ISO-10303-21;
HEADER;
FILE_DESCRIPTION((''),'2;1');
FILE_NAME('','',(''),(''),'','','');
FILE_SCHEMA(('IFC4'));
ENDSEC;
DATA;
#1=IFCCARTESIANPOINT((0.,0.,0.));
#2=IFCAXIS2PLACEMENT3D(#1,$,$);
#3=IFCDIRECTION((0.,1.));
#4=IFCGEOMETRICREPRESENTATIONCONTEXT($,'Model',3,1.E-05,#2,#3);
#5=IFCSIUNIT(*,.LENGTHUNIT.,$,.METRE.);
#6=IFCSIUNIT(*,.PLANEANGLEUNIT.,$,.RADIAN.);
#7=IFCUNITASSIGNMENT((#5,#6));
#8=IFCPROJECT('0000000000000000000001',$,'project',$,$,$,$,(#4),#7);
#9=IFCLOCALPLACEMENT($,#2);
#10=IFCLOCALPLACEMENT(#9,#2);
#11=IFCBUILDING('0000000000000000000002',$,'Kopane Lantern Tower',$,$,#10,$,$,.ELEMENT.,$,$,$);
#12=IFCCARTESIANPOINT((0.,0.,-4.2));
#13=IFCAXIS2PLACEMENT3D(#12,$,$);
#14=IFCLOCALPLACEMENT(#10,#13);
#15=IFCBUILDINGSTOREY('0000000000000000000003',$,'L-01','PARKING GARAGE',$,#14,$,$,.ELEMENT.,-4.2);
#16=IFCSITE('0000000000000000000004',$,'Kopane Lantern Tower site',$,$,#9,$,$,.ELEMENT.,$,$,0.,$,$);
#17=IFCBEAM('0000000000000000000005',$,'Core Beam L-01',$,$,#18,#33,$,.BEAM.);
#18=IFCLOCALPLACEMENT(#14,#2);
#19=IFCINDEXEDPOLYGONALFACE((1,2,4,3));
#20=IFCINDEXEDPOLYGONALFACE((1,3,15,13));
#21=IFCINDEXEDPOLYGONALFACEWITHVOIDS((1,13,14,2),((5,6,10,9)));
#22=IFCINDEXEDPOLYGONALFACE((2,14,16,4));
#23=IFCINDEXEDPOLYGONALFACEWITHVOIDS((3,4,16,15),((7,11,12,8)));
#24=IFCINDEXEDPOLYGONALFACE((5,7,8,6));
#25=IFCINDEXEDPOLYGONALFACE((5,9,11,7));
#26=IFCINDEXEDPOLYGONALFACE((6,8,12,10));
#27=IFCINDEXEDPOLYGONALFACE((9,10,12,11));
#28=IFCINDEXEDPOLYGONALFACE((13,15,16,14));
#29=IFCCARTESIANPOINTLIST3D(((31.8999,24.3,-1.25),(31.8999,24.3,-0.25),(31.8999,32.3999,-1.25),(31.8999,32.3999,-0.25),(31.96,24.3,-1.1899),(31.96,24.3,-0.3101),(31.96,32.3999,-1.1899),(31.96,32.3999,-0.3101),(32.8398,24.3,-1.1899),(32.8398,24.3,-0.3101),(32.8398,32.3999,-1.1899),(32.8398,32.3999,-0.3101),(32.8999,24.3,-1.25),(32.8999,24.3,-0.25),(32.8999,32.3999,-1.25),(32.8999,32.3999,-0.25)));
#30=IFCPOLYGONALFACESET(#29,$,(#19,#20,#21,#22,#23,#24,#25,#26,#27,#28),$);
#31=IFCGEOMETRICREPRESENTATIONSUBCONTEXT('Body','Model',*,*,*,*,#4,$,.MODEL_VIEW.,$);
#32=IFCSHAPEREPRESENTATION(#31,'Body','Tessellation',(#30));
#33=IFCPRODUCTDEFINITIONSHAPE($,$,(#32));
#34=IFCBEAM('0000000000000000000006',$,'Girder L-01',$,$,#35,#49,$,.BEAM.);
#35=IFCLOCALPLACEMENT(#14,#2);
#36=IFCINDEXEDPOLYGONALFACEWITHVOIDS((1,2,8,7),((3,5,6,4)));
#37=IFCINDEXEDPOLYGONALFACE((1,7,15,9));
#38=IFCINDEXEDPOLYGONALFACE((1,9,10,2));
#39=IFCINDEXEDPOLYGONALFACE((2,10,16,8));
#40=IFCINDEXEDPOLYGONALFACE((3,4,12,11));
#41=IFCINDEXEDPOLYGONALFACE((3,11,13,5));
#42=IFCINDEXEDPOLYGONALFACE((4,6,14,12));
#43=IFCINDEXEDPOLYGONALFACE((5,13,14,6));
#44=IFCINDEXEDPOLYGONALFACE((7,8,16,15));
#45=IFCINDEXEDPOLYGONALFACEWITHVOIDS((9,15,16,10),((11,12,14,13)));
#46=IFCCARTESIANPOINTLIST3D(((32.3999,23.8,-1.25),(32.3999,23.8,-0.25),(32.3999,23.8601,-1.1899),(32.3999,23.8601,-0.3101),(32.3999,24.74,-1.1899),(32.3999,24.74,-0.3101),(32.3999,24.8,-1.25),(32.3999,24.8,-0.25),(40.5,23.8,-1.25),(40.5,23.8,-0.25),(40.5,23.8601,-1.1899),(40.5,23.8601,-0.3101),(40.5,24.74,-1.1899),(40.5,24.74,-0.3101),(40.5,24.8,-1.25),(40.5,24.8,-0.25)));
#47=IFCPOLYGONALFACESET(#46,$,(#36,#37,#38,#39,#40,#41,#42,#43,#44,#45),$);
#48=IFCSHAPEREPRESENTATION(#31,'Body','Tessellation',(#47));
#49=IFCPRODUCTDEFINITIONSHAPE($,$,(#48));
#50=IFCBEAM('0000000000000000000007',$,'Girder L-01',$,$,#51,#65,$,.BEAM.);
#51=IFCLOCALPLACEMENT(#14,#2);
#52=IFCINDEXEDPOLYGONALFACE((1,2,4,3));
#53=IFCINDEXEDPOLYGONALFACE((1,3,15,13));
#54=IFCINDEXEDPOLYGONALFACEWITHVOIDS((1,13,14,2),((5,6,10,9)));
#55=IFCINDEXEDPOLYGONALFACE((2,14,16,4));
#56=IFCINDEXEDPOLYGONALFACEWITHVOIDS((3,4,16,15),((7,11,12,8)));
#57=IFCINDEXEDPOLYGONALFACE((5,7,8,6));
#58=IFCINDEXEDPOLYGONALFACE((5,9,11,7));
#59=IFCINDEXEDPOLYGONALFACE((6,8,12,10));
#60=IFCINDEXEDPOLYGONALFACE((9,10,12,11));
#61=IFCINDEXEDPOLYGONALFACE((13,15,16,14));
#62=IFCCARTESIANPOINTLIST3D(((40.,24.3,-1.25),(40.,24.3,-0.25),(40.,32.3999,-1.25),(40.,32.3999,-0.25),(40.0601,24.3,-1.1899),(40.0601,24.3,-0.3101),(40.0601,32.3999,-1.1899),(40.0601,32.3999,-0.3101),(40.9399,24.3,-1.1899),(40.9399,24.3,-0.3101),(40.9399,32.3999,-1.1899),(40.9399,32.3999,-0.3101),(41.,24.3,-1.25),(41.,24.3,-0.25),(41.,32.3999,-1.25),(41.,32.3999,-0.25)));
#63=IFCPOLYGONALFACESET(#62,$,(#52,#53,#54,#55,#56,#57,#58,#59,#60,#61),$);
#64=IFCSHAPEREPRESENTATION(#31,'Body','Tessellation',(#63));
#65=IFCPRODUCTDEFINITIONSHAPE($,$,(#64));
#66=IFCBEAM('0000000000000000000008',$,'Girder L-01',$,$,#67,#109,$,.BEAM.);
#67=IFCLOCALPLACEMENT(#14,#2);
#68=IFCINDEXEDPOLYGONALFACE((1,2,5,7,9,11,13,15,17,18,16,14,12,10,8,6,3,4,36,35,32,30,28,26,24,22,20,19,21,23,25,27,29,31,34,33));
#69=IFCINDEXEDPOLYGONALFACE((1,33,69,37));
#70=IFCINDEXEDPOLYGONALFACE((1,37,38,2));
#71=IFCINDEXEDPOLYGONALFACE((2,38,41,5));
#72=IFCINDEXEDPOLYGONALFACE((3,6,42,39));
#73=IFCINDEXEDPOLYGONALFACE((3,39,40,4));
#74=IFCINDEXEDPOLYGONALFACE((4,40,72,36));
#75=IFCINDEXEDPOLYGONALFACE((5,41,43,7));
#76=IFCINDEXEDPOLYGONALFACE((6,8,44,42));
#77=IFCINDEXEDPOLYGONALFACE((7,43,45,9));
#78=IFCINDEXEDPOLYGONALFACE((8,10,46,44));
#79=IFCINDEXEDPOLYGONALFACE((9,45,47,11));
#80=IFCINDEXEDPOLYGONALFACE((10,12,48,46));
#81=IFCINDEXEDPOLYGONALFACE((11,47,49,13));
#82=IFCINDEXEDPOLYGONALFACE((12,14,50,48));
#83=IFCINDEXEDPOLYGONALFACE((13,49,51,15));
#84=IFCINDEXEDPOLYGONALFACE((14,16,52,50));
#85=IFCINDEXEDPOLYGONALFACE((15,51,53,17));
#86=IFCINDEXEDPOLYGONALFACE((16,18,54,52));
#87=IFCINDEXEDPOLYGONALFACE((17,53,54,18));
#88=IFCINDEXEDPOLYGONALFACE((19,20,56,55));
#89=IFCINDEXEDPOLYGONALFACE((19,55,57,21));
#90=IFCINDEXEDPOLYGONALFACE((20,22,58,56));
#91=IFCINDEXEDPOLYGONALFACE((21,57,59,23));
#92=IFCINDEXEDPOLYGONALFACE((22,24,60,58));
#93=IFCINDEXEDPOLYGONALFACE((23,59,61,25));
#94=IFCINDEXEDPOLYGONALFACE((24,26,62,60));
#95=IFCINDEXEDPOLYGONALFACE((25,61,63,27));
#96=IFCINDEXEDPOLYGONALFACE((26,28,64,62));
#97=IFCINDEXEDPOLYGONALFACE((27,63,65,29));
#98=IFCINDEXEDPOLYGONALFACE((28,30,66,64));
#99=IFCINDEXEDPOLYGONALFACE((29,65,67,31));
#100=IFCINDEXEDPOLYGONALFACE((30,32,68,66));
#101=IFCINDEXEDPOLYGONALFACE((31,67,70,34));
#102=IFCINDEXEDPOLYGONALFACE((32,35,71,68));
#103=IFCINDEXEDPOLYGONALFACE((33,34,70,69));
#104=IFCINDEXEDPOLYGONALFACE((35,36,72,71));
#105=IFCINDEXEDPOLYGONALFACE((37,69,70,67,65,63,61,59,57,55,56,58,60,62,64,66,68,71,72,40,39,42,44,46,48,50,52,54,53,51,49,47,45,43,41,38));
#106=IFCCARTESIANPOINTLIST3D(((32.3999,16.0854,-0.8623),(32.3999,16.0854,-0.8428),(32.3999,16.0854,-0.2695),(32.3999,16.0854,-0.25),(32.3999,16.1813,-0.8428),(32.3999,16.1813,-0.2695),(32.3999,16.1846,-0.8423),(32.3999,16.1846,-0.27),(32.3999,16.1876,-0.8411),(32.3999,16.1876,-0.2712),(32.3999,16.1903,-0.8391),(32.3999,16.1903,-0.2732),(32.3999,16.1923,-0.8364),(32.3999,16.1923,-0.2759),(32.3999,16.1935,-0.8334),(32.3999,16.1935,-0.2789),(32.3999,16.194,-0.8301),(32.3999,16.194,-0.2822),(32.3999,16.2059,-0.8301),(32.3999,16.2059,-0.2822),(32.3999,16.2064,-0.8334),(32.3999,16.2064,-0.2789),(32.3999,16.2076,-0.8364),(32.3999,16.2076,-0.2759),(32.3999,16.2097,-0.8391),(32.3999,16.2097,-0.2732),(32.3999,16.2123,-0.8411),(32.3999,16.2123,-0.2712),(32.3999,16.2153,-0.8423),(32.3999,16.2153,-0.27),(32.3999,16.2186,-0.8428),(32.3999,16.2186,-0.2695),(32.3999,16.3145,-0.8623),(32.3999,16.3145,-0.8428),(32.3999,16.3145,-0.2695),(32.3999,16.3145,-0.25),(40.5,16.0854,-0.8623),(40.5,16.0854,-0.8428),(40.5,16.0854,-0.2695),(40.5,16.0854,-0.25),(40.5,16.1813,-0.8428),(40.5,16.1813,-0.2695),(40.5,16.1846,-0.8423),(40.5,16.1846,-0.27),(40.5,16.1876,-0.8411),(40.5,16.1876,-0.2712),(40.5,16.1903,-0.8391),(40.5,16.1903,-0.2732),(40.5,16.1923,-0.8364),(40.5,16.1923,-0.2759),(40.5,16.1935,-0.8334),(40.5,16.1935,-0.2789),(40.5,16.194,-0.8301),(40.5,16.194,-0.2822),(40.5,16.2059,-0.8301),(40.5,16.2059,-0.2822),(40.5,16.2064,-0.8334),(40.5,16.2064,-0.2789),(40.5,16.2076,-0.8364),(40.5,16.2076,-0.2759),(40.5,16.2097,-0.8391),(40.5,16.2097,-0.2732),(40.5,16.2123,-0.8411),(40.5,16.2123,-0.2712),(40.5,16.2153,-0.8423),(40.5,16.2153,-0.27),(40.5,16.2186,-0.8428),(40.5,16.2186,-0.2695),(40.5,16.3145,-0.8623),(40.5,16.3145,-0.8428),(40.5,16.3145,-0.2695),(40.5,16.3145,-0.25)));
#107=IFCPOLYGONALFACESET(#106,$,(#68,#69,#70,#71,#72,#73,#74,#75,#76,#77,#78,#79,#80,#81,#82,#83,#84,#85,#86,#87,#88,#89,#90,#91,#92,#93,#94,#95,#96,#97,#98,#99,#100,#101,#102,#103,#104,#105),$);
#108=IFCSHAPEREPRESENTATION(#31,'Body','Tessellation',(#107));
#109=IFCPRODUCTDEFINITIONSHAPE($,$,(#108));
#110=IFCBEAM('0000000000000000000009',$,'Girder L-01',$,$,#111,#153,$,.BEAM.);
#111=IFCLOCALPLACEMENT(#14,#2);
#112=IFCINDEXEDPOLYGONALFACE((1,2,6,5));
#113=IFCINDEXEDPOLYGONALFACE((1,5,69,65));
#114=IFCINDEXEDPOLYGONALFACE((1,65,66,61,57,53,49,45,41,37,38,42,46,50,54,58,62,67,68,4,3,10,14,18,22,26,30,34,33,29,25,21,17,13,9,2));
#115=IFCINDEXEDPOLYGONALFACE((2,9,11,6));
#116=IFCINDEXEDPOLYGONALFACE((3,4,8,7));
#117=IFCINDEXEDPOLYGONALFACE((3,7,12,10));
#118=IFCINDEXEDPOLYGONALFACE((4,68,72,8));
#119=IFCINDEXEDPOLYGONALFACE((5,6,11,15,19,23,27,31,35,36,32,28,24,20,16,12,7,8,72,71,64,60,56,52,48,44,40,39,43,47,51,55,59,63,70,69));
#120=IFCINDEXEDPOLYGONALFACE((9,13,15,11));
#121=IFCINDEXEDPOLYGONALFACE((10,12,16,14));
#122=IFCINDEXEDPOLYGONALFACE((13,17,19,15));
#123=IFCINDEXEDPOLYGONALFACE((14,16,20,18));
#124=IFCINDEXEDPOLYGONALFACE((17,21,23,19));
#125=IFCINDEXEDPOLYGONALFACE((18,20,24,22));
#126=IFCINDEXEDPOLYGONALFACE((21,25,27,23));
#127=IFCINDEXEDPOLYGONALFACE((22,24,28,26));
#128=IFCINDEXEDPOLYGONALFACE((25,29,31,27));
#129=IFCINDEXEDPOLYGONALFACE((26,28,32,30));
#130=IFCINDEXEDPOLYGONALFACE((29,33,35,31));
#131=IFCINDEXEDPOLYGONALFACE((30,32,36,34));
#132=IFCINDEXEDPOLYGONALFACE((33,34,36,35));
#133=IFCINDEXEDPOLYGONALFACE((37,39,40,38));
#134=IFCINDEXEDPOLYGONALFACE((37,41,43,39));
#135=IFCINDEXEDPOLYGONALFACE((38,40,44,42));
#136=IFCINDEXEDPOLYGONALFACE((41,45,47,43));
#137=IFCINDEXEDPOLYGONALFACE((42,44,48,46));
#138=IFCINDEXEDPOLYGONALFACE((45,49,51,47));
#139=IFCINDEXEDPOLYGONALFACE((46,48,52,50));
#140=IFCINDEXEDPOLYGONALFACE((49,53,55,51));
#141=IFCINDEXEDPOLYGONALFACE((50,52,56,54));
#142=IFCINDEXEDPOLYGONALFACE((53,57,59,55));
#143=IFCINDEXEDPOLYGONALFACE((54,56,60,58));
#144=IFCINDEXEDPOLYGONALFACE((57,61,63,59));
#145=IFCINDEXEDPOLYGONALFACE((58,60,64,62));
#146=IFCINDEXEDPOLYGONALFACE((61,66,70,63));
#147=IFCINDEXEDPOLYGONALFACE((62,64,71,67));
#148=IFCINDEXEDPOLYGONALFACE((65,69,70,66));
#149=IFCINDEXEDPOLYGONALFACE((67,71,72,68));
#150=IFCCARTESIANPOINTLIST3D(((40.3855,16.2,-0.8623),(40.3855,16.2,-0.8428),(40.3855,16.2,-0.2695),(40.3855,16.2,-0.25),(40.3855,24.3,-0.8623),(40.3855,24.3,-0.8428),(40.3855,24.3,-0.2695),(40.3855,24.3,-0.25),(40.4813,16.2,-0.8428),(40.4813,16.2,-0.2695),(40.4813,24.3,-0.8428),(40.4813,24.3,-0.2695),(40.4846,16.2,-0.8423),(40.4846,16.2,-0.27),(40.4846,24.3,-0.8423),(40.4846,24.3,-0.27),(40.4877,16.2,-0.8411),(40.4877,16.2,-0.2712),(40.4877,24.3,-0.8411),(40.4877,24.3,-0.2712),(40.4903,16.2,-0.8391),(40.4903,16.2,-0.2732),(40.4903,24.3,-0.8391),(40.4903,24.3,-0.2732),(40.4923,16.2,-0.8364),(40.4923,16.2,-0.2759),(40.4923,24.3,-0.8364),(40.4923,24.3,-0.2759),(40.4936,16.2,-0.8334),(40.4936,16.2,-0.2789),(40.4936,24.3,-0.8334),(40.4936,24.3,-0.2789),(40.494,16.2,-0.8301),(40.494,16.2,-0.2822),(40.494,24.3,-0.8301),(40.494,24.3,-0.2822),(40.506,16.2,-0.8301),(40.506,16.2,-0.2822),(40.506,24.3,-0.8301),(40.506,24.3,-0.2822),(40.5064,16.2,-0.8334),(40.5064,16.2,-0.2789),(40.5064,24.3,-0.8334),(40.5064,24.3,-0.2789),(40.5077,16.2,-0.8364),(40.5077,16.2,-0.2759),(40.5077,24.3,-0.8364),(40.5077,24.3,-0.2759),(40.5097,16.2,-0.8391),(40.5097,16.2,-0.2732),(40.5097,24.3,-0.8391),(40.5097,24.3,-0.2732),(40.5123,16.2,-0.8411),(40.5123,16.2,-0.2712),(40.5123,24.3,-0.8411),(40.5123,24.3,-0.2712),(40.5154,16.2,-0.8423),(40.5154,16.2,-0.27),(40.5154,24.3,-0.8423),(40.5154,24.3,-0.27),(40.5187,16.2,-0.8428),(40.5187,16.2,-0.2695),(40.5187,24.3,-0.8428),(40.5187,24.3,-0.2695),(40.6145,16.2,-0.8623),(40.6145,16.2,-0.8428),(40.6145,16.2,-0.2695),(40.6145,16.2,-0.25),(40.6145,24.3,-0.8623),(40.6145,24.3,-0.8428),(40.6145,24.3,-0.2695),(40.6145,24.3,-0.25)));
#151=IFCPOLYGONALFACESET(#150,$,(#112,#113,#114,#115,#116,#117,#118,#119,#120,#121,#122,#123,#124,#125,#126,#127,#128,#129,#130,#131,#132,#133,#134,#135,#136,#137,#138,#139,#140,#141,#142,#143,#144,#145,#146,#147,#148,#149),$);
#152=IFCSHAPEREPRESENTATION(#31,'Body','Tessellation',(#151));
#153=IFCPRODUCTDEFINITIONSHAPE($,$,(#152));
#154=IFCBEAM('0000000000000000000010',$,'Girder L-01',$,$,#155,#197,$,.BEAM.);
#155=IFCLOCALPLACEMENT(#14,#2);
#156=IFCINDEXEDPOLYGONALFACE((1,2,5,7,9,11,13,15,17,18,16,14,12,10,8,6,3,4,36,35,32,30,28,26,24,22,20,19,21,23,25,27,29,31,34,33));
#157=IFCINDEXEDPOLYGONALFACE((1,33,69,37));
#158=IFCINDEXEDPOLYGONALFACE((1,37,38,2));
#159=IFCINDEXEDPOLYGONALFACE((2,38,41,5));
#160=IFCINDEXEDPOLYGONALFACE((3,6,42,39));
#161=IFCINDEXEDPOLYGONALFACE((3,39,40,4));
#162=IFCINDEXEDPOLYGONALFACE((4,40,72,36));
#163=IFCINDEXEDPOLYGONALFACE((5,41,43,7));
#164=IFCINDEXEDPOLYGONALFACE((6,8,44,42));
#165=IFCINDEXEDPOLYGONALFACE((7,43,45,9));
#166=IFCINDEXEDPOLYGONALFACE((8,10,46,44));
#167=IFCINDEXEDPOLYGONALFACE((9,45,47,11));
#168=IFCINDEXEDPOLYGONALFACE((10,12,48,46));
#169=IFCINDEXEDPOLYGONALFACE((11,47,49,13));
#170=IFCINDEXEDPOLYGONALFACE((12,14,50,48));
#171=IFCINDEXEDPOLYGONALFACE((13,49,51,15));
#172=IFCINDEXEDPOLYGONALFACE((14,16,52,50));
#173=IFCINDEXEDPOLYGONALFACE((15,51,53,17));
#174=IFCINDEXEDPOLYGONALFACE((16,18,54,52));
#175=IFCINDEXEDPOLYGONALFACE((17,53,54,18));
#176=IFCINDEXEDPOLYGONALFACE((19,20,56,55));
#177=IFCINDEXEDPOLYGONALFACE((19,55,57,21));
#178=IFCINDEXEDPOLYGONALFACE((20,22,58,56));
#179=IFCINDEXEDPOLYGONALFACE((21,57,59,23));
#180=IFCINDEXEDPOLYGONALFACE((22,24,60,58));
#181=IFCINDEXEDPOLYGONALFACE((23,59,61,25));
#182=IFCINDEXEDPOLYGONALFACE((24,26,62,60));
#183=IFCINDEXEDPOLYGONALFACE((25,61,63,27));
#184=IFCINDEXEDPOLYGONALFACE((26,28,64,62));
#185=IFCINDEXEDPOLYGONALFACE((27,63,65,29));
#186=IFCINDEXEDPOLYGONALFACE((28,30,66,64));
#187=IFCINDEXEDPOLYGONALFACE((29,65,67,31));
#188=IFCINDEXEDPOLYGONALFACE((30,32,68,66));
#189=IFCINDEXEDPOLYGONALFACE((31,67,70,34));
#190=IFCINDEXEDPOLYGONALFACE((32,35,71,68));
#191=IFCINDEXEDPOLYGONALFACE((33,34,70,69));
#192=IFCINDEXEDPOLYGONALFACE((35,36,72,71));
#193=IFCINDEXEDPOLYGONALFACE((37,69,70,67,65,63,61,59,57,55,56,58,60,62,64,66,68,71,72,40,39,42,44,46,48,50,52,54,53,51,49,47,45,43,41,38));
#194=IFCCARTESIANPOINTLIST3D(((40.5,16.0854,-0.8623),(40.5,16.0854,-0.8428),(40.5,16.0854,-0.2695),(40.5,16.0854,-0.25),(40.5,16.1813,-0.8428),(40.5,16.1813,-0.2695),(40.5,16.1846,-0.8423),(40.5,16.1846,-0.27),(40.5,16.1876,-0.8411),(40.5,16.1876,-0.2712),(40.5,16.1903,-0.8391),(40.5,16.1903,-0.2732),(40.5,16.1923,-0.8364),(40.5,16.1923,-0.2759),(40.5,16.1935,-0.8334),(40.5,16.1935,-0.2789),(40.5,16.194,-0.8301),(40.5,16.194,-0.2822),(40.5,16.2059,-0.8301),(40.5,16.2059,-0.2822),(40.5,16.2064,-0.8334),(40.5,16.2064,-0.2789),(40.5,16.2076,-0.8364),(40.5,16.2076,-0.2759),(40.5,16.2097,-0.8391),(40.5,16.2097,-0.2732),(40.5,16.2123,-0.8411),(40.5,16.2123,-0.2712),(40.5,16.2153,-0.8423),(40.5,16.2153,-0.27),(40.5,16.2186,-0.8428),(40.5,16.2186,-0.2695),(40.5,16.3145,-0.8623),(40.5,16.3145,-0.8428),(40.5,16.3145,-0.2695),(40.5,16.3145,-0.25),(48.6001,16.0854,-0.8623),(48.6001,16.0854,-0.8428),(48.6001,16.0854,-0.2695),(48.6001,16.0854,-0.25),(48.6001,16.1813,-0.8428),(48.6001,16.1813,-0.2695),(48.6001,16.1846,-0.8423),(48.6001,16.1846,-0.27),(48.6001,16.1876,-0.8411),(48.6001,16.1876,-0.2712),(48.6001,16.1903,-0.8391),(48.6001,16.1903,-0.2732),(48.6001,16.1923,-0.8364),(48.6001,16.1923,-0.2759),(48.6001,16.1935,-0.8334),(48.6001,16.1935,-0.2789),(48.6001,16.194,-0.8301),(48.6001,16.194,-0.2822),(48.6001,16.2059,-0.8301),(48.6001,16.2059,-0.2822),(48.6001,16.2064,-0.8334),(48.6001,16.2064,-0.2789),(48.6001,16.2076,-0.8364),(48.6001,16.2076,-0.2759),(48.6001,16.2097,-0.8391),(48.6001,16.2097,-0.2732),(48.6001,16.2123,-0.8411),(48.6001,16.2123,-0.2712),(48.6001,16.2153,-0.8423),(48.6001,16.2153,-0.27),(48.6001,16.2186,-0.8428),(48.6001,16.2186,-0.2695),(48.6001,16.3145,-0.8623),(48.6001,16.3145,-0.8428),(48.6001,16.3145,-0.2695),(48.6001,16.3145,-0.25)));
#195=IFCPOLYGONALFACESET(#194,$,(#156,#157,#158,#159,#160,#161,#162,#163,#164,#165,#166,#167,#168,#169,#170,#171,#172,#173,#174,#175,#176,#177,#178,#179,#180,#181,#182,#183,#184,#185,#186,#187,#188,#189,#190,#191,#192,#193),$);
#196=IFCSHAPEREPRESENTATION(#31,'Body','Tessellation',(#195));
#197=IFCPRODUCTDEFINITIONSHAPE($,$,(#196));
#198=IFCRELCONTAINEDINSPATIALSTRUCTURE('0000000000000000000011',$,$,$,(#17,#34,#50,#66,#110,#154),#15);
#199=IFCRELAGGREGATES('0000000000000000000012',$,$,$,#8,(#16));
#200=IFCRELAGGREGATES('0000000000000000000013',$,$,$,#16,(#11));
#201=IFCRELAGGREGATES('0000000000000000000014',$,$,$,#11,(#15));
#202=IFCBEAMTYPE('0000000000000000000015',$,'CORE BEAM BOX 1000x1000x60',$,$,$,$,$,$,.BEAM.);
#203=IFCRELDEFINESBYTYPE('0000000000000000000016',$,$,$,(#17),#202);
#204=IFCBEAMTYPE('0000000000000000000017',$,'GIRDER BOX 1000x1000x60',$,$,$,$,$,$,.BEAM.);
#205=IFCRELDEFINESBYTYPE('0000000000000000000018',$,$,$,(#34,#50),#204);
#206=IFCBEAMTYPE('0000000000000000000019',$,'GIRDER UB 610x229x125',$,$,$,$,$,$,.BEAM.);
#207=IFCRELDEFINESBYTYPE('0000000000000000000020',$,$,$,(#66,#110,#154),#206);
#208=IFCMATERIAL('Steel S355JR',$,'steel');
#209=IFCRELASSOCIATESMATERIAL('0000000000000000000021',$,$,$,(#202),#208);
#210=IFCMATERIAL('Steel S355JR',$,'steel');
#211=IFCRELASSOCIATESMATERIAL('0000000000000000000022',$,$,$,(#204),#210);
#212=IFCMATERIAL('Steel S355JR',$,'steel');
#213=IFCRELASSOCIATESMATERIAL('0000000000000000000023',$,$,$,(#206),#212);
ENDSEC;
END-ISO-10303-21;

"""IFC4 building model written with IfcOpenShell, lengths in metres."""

from ifc_helpers import new_model, si_unit, direction, frame, origin, origin_2d, place, context, subcontext, project, spatial, hollow_rectangle, i_section, extrude, material, material_profile, profile_set, type_object, element, save


model = new_model("IFC4")

# Units and contexts
model_context = context("Model", 3, precision=1e-05, world=origin(), true_north=direction((0.0, 1.0)))
body_context = subcontext(model_context, "Body", "Model", "MODEL_VIEW")
ifc_project = project(units=[si_unit("LENGTHUNIT", "METRE"), si_unit("PLANEANGLEUNIT", "RADIAN")], contexts=[model_context])

# Site, building, storey
site_placement = place(None, origin())
site = spatial("IfcSite", under=ifc_project, at=site_placement, Name="Kopane Lantern Tower site", CompositionType="ELEMENT", RefElevation=0.0)
building_placement = place(site_placement, origin())
building = spatial("IfcBuilding", under=site, at=building_placement, Name="Kopane Lantern Tower", CompositionType="ELEMENT")
storey_placement = place(building_placement, frame((0.0, 0.0, -4.2)))
storey = spatial("IfcBuildingStorey", under=building, at=storey_placement, Name="L-01", Description="PARKING GARAGE", CompositionType="ELEMENT", Elevation=-4.2)

# Beams
ifc_material_1 = material(Name="Steel S355JR", Category="steel")
ifc_material_profile_1 = material_profile(ifc_material_1, hollow_rectangle(XDim=1.0, YDim=1.0, WallThickness=0.0601, at=origin_2d()), Name="BOX 1000x1000x60")
ifc_profile_set_1 = profile_set([ifc_material_profile_1], Name="Steel S355JR")
beam_type_1 = type_object("IfcBeamType", Name="CORE BEAM BOX 1000x1000x60", PredefinedType="BEAM", material=ifc_profile_set_1)
beam_1_placement = place(storey_placement, frame((32.3999, 24.3, -0.75), z_axis=(0.0, 1.0, 0.0), x_axis=(-1.0, 0.0, 0.0)))
element("IfcBeam", 1, at=beam_1_placement, inside=storey, type_object=beam_type_1, Name="Core Beam L-01", PredefinedType="BEAM", context=body_context, shape_type="SweptSolid", body=[
    extrude(hollow_rectangle(XDim=1.0, YDim=1.0, WallThickness=0.0601, at=origin_2d()), origin(), (0.0, 0.0, 1.0), 8.0999),
])
ifc_material_2 = material(Name="Steel S355JR", Category="steel")
ifc_material_profile_2 = material_profile(ifc_material_2, hollow_rectangle(XDim=1.0, YDim=1.0, WallThickness=0.0601, at=origin_2d()), Name="BOX 1000x1000x60")
ifc_profile_set_2 = profile_set([ifc_material_profile_2], Name="Steel S355JR")
beam_type_2 = type_object("IfcBeamType", Name="GIRDER BOX 1000x1000x60", PredefinedType="BEAM", material=ifc_profile_set_2)
beam_2_placement = place(storey_placement, frame((32.3999, 24.3, -0.75), z_axis=(1.0, 0.0, 0.0), x_axis=(0.0, 1.0, 0.0)))
element("IfcBeam", 2, at=beam_2_placement, inside=storey, type_object=beam_type_2, Name="Girder L-01", PredefinedType="BEAM", context=body_context, shape_type="SweptSolid", body=[
    extrude(hollow_rectangle(XDim=1.0, YDim=1.0, WallThickness=0.0601, at=origin_2d()), origin(), (0.0, 0.0, 1.0), 8.1001),
])
beam_3_placement = place(storey_placement, frame((40.5, 24.3, -0.75), z_axis=(0.0, 1.0, 0.0), x_axis=(-1.0, 0.0, 0.0)))
element("IfcBeam", 3, at=beam_3_placement, inside=storey, type_object=beam_type_2, Name="Girder L-01", PredefinedType="BEAM", context=body_context, shape_type="SweptSolid", body=[
    extrude(hollow_rectangle(XDim=1.0, YDim=1.0, WallThickness=0.0601, at=origin_2d()), origin(), (0.0, 0.0, 1.0), 8.0999),
])
ifc_material_3 = material(Name="Steel S355JR", Category="steel")
ifc_material_profile_3 = material_profile(ifc_material_3, i_section(OverallWidth=0.229, OverallDepth=0.6123, WebThickness=0.012, FlangeThickness=0.0195, FilletRadius=0.0127, at=origin_2d()), Name="UB 610x229x125")
ifc_profile_set_3 = profile_set([ifc_material_profile_3], Name="Steel S355JR")
beam_type_3 = type_object("IfcBeamType", Name="GIRDER UB 610x229x125", PredefinedType="BEAM", material=ifc_profile_set_3)
for number, where, z_axis, x_axis, name in (
    (4, (32.3999, 16.2, -0.5562), (1.0, 0.0, 0.0), (0.0, 1.0, 0.0), "Girder L-01"),
    (5, (40.5, 16.2, -0.5562), (0.0, 1.0, 0.0), (-1.0, 0.0, 0.0), "Girder L-01"),
    (6, (40.5, 16.2, -0.5562), (1.0, 0.0, 0.0), (0.0, 1.0, 0.0), "Girder L-01"),
):
    element("IfcBeam", number, at=place(storey_placement, frame(where, z_axis=z_axis, x_axis=x_axis)), inside=storey, type_object=beam_type_3, Name=name, PredefinedType="BEAM", context=body_context, shape_type="SweptSolid", body=[
        extrude(i_section(OverallWidth=0.229, OverallDepth=0.6123, WebThickness=0.012, FlangeThickness=0.0195, FilletRadius=0.0127, at=origin_2d()), origin(), (0.0, 0.0, 1.0), 8.1001),
    ])

save(model, "model.ifc")
